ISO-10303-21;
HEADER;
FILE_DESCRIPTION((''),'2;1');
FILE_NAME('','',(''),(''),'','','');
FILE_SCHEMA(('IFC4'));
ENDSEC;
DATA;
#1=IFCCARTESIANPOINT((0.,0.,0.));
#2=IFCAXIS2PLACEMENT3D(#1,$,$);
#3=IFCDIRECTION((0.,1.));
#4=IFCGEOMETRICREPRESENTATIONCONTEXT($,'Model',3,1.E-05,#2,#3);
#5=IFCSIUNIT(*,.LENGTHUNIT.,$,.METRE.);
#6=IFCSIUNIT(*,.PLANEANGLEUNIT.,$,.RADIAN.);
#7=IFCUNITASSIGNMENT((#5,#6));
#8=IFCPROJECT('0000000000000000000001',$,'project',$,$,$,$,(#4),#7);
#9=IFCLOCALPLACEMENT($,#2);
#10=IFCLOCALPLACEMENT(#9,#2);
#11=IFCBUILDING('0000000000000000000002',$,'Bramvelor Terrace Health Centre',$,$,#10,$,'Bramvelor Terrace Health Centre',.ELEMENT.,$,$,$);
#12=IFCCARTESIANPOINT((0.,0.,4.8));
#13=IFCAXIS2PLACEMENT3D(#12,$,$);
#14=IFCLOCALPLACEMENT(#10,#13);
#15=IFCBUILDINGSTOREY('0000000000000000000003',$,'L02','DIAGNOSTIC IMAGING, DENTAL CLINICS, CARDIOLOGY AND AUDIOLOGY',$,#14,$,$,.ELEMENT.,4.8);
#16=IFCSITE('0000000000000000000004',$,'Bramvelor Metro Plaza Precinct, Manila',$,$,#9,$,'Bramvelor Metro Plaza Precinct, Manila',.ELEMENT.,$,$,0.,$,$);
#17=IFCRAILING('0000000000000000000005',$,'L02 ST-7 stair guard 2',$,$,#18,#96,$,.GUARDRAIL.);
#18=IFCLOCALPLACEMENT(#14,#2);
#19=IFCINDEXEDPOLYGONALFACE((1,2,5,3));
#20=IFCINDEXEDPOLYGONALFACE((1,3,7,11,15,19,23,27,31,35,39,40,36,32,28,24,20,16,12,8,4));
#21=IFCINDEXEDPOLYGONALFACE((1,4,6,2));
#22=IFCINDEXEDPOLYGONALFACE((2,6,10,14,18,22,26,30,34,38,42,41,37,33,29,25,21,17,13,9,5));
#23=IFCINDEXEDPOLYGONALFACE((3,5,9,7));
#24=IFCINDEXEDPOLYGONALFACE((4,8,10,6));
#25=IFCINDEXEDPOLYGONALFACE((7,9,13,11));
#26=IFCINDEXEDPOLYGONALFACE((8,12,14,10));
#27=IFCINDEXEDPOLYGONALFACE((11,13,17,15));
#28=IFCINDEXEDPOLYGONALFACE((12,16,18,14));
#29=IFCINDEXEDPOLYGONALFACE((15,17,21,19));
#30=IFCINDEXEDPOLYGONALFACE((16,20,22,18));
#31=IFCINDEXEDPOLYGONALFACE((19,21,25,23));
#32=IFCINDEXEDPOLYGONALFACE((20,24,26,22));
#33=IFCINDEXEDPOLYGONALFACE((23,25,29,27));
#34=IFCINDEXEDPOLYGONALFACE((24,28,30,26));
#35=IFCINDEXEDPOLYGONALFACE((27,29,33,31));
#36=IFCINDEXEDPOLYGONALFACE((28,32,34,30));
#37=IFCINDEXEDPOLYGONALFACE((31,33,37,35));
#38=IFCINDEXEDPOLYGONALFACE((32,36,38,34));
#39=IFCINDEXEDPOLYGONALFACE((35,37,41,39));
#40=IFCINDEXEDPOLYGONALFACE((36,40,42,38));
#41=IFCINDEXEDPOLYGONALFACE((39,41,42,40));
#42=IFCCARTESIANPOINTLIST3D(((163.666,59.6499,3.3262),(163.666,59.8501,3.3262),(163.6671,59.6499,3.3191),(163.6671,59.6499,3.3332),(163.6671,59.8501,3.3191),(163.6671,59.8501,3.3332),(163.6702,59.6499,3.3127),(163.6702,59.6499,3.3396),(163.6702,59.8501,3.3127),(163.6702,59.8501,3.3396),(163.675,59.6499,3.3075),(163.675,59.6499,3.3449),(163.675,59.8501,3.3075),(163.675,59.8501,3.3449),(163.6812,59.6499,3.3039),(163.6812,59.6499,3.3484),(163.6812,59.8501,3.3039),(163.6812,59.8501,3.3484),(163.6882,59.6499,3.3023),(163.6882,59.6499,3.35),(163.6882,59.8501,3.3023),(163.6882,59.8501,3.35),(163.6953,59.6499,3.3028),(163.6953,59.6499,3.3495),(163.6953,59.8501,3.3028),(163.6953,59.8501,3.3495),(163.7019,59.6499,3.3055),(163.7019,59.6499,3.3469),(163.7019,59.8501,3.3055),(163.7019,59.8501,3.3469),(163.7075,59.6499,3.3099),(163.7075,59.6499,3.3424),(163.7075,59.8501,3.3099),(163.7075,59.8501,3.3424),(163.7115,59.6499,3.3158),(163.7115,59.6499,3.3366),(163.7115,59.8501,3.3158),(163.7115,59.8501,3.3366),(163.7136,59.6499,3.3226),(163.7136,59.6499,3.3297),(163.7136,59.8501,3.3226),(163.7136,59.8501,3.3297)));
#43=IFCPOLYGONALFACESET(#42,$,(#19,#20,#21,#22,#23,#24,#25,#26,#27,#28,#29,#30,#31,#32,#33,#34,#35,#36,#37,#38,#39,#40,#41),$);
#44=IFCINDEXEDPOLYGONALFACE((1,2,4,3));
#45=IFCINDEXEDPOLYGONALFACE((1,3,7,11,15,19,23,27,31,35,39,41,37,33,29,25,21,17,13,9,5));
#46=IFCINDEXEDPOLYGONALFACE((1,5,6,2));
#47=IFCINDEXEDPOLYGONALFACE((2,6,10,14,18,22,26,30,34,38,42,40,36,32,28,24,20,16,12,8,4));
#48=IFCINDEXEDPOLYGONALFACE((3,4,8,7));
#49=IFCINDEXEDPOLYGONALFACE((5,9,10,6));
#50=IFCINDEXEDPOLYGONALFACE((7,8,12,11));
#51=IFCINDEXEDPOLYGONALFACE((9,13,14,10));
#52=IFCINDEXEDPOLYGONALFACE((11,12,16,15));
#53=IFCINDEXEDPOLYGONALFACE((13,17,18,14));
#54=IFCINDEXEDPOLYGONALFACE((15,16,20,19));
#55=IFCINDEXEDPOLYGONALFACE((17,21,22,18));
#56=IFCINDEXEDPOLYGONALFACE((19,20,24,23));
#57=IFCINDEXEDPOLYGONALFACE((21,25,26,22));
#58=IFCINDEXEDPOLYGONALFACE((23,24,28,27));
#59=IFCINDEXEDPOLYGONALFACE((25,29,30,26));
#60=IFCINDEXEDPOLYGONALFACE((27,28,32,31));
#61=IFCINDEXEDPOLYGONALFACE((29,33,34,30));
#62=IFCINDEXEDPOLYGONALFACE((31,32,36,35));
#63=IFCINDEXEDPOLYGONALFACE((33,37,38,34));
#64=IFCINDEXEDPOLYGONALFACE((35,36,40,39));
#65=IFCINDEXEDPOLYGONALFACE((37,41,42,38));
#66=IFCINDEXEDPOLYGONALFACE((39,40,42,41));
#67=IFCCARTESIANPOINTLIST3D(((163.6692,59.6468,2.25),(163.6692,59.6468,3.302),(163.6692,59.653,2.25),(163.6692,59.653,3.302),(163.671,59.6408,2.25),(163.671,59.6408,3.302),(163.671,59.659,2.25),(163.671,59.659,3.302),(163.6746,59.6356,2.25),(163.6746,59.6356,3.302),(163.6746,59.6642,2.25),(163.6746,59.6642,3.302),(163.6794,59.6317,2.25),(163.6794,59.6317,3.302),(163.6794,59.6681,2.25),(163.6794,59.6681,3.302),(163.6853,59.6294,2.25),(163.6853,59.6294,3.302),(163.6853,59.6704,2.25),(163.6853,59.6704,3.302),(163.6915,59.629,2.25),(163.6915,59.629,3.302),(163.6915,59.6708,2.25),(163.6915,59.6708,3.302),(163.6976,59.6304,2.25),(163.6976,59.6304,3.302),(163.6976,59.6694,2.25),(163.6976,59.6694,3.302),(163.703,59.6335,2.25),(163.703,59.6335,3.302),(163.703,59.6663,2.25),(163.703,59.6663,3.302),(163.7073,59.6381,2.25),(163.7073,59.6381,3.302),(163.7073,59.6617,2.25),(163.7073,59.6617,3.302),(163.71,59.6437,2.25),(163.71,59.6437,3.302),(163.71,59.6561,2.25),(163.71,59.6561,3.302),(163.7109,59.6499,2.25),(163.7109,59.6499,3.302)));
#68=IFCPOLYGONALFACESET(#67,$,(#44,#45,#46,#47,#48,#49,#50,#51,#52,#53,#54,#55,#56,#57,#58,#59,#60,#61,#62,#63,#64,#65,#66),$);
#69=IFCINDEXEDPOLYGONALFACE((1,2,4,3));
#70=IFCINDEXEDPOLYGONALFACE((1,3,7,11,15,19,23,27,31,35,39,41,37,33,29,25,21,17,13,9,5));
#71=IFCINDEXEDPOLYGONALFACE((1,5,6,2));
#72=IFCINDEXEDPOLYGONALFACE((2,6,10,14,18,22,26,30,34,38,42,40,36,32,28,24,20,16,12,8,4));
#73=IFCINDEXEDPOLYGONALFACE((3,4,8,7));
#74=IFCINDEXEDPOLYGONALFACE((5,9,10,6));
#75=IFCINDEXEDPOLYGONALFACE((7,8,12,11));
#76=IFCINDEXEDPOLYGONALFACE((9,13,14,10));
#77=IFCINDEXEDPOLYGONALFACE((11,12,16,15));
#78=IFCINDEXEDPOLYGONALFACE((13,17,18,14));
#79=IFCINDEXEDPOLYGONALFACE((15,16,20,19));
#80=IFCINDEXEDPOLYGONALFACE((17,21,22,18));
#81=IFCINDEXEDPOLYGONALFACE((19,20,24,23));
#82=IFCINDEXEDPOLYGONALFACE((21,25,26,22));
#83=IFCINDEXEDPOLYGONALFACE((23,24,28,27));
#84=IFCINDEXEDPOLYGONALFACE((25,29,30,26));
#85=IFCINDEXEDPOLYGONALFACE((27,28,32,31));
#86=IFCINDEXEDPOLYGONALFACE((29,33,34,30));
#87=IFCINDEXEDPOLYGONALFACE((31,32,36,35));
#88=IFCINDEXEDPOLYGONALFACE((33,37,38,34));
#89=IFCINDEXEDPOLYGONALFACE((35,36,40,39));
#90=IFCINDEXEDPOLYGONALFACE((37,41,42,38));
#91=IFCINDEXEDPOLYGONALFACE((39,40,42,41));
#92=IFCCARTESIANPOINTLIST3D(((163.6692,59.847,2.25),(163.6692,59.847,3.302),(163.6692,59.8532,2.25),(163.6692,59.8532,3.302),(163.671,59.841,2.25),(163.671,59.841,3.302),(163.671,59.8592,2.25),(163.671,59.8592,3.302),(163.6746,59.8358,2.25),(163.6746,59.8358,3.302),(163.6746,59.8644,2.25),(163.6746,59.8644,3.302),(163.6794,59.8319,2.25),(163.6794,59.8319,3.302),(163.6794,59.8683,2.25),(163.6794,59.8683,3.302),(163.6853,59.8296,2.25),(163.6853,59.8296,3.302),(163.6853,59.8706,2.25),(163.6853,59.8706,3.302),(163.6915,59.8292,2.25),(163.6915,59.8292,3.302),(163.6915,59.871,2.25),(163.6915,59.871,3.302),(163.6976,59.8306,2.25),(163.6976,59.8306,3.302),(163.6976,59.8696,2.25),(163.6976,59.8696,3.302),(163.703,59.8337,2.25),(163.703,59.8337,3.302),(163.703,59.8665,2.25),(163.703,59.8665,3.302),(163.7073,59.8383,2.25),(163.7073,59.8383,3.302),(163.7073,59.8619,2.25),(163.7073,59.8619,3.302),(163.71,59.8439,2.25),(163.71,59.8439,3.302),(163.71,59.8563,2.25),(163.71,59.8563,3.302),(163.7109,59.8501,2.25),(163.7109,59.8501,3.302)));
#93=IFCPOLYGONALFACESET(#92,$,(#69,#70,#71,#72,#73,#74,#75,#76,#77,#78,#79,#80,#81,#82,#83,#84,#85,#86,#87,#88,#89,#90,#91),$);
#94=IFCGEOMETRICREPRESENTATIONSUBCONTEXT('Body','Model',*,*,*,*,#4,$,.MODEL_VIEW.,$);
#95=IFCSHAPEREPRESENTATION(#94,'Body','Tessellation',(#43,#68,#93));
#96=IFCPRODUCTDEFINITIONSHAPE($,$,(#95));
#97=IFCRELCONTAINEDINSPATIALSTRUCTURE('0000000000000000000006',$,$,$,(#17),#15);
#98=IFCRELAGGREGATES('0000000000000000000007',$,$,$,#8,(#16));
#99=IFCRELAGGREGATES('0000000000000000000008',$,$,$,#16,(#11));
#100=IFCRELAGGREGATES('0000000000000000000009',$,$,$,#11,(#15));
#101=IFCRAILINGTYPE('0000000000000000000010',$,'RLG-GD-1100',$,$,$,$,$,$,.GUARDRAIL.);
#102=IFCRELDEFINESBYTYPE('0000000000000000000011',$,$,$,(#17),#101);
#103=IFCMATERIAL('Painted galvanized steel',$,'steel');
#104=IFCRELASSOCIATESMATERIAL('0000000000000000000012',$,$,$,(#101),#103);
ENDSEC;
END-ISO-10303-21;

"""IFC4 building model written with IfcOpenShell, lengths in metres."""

from ifc_helpers import new_model, si_unit, direction, frame, origin, origin_2d, place, context, subcontext, project, spatial, circle, extrude, material, type_object, element, save


model = new_model("IFC4")

# Units and contexts
model_context = context("Model", 3, precision=1e-05, world=origin(), true_north=direction((0.0, 1.0)))
body_context = subcontext(model_context, "Body", "Model", "MODEL_VIEW")
ifc_project = project(units=[si_unit("LENGTHUNIT", "METRE"), si_unit("PLANEANGLEUNIT", "RADIAN")], contexts=[model_context])

# Site, building, storey
site_placement = place(None, origin())
site = spatial("IfcSite", under=ifc_project, at=site_placement, Name="Bramvelor Metro Plaza Precinct, Manila", LongName="Bramvelor Metro Plaza Precinct, Manila", CompositionType="ELEMENT", RefElevation=0.0)
building_placement = place(site_placement, origin())
building = spatial("IfcBuilding", under=site, at=building_placement, Name="Bramvelor Terrace Health Centre", LongName="Bramvelor Terrace Health Centre", CompositionType="ELEMENT")
storey_placement = place(building_placement, frame((0.0, 0.0, 4.8)))
storey = spatial("IfcBuildingStorey", under=building, at=storey_placement, Name="L02", Description="DIAGNOSTIC IMAGING, DENTAL CLINICS, CARDIOLOGY AND AUDIOLOGY", CompositionType="ELEMENT", Elevation=4.8)

# Railing
ifc_material_1 = material(Name="Painted galvanized steel", Category="steel")
railing_type_1 = type_object("IfcRailingType", Name="RLG-GD-1100", PredefinedType="GUARDRAIL", material=ifc_material_1)
railing_1_placement = place(storey_placement, frame((163.6899, 59.6499, 2.25)))
element("IfcRailing", 1, at=railing_1_placement, inside=storey, type_object=railing_type_1, Name="L02 ST-7 stair guard 2", PredefinedType="GUARDRAIL", context=body_context, shape_type="SweptSolid", body=[
    extrude(circle(Radius=0.0239, at=origin_2d()), frame((0.0, 0.0, 1.0762), z_axis=(0.0, 1.0, 0.0), x_axis=(-1.0, 0.0, 0.0)), (0.0, 0.0, 1.0), 0.2002),
    extrude(circle(Radius=0.021, at=origin_2d()), origin(), (0.0, 0.0, 1.0), 1.052),
    extrude(circle(Radius=0.021, at=origin_2d()), frame((0.0, 0.2002, 0.0)), (0.0, 0.0, 1.0), 1.052),
])

save(model, "model.ifc")
